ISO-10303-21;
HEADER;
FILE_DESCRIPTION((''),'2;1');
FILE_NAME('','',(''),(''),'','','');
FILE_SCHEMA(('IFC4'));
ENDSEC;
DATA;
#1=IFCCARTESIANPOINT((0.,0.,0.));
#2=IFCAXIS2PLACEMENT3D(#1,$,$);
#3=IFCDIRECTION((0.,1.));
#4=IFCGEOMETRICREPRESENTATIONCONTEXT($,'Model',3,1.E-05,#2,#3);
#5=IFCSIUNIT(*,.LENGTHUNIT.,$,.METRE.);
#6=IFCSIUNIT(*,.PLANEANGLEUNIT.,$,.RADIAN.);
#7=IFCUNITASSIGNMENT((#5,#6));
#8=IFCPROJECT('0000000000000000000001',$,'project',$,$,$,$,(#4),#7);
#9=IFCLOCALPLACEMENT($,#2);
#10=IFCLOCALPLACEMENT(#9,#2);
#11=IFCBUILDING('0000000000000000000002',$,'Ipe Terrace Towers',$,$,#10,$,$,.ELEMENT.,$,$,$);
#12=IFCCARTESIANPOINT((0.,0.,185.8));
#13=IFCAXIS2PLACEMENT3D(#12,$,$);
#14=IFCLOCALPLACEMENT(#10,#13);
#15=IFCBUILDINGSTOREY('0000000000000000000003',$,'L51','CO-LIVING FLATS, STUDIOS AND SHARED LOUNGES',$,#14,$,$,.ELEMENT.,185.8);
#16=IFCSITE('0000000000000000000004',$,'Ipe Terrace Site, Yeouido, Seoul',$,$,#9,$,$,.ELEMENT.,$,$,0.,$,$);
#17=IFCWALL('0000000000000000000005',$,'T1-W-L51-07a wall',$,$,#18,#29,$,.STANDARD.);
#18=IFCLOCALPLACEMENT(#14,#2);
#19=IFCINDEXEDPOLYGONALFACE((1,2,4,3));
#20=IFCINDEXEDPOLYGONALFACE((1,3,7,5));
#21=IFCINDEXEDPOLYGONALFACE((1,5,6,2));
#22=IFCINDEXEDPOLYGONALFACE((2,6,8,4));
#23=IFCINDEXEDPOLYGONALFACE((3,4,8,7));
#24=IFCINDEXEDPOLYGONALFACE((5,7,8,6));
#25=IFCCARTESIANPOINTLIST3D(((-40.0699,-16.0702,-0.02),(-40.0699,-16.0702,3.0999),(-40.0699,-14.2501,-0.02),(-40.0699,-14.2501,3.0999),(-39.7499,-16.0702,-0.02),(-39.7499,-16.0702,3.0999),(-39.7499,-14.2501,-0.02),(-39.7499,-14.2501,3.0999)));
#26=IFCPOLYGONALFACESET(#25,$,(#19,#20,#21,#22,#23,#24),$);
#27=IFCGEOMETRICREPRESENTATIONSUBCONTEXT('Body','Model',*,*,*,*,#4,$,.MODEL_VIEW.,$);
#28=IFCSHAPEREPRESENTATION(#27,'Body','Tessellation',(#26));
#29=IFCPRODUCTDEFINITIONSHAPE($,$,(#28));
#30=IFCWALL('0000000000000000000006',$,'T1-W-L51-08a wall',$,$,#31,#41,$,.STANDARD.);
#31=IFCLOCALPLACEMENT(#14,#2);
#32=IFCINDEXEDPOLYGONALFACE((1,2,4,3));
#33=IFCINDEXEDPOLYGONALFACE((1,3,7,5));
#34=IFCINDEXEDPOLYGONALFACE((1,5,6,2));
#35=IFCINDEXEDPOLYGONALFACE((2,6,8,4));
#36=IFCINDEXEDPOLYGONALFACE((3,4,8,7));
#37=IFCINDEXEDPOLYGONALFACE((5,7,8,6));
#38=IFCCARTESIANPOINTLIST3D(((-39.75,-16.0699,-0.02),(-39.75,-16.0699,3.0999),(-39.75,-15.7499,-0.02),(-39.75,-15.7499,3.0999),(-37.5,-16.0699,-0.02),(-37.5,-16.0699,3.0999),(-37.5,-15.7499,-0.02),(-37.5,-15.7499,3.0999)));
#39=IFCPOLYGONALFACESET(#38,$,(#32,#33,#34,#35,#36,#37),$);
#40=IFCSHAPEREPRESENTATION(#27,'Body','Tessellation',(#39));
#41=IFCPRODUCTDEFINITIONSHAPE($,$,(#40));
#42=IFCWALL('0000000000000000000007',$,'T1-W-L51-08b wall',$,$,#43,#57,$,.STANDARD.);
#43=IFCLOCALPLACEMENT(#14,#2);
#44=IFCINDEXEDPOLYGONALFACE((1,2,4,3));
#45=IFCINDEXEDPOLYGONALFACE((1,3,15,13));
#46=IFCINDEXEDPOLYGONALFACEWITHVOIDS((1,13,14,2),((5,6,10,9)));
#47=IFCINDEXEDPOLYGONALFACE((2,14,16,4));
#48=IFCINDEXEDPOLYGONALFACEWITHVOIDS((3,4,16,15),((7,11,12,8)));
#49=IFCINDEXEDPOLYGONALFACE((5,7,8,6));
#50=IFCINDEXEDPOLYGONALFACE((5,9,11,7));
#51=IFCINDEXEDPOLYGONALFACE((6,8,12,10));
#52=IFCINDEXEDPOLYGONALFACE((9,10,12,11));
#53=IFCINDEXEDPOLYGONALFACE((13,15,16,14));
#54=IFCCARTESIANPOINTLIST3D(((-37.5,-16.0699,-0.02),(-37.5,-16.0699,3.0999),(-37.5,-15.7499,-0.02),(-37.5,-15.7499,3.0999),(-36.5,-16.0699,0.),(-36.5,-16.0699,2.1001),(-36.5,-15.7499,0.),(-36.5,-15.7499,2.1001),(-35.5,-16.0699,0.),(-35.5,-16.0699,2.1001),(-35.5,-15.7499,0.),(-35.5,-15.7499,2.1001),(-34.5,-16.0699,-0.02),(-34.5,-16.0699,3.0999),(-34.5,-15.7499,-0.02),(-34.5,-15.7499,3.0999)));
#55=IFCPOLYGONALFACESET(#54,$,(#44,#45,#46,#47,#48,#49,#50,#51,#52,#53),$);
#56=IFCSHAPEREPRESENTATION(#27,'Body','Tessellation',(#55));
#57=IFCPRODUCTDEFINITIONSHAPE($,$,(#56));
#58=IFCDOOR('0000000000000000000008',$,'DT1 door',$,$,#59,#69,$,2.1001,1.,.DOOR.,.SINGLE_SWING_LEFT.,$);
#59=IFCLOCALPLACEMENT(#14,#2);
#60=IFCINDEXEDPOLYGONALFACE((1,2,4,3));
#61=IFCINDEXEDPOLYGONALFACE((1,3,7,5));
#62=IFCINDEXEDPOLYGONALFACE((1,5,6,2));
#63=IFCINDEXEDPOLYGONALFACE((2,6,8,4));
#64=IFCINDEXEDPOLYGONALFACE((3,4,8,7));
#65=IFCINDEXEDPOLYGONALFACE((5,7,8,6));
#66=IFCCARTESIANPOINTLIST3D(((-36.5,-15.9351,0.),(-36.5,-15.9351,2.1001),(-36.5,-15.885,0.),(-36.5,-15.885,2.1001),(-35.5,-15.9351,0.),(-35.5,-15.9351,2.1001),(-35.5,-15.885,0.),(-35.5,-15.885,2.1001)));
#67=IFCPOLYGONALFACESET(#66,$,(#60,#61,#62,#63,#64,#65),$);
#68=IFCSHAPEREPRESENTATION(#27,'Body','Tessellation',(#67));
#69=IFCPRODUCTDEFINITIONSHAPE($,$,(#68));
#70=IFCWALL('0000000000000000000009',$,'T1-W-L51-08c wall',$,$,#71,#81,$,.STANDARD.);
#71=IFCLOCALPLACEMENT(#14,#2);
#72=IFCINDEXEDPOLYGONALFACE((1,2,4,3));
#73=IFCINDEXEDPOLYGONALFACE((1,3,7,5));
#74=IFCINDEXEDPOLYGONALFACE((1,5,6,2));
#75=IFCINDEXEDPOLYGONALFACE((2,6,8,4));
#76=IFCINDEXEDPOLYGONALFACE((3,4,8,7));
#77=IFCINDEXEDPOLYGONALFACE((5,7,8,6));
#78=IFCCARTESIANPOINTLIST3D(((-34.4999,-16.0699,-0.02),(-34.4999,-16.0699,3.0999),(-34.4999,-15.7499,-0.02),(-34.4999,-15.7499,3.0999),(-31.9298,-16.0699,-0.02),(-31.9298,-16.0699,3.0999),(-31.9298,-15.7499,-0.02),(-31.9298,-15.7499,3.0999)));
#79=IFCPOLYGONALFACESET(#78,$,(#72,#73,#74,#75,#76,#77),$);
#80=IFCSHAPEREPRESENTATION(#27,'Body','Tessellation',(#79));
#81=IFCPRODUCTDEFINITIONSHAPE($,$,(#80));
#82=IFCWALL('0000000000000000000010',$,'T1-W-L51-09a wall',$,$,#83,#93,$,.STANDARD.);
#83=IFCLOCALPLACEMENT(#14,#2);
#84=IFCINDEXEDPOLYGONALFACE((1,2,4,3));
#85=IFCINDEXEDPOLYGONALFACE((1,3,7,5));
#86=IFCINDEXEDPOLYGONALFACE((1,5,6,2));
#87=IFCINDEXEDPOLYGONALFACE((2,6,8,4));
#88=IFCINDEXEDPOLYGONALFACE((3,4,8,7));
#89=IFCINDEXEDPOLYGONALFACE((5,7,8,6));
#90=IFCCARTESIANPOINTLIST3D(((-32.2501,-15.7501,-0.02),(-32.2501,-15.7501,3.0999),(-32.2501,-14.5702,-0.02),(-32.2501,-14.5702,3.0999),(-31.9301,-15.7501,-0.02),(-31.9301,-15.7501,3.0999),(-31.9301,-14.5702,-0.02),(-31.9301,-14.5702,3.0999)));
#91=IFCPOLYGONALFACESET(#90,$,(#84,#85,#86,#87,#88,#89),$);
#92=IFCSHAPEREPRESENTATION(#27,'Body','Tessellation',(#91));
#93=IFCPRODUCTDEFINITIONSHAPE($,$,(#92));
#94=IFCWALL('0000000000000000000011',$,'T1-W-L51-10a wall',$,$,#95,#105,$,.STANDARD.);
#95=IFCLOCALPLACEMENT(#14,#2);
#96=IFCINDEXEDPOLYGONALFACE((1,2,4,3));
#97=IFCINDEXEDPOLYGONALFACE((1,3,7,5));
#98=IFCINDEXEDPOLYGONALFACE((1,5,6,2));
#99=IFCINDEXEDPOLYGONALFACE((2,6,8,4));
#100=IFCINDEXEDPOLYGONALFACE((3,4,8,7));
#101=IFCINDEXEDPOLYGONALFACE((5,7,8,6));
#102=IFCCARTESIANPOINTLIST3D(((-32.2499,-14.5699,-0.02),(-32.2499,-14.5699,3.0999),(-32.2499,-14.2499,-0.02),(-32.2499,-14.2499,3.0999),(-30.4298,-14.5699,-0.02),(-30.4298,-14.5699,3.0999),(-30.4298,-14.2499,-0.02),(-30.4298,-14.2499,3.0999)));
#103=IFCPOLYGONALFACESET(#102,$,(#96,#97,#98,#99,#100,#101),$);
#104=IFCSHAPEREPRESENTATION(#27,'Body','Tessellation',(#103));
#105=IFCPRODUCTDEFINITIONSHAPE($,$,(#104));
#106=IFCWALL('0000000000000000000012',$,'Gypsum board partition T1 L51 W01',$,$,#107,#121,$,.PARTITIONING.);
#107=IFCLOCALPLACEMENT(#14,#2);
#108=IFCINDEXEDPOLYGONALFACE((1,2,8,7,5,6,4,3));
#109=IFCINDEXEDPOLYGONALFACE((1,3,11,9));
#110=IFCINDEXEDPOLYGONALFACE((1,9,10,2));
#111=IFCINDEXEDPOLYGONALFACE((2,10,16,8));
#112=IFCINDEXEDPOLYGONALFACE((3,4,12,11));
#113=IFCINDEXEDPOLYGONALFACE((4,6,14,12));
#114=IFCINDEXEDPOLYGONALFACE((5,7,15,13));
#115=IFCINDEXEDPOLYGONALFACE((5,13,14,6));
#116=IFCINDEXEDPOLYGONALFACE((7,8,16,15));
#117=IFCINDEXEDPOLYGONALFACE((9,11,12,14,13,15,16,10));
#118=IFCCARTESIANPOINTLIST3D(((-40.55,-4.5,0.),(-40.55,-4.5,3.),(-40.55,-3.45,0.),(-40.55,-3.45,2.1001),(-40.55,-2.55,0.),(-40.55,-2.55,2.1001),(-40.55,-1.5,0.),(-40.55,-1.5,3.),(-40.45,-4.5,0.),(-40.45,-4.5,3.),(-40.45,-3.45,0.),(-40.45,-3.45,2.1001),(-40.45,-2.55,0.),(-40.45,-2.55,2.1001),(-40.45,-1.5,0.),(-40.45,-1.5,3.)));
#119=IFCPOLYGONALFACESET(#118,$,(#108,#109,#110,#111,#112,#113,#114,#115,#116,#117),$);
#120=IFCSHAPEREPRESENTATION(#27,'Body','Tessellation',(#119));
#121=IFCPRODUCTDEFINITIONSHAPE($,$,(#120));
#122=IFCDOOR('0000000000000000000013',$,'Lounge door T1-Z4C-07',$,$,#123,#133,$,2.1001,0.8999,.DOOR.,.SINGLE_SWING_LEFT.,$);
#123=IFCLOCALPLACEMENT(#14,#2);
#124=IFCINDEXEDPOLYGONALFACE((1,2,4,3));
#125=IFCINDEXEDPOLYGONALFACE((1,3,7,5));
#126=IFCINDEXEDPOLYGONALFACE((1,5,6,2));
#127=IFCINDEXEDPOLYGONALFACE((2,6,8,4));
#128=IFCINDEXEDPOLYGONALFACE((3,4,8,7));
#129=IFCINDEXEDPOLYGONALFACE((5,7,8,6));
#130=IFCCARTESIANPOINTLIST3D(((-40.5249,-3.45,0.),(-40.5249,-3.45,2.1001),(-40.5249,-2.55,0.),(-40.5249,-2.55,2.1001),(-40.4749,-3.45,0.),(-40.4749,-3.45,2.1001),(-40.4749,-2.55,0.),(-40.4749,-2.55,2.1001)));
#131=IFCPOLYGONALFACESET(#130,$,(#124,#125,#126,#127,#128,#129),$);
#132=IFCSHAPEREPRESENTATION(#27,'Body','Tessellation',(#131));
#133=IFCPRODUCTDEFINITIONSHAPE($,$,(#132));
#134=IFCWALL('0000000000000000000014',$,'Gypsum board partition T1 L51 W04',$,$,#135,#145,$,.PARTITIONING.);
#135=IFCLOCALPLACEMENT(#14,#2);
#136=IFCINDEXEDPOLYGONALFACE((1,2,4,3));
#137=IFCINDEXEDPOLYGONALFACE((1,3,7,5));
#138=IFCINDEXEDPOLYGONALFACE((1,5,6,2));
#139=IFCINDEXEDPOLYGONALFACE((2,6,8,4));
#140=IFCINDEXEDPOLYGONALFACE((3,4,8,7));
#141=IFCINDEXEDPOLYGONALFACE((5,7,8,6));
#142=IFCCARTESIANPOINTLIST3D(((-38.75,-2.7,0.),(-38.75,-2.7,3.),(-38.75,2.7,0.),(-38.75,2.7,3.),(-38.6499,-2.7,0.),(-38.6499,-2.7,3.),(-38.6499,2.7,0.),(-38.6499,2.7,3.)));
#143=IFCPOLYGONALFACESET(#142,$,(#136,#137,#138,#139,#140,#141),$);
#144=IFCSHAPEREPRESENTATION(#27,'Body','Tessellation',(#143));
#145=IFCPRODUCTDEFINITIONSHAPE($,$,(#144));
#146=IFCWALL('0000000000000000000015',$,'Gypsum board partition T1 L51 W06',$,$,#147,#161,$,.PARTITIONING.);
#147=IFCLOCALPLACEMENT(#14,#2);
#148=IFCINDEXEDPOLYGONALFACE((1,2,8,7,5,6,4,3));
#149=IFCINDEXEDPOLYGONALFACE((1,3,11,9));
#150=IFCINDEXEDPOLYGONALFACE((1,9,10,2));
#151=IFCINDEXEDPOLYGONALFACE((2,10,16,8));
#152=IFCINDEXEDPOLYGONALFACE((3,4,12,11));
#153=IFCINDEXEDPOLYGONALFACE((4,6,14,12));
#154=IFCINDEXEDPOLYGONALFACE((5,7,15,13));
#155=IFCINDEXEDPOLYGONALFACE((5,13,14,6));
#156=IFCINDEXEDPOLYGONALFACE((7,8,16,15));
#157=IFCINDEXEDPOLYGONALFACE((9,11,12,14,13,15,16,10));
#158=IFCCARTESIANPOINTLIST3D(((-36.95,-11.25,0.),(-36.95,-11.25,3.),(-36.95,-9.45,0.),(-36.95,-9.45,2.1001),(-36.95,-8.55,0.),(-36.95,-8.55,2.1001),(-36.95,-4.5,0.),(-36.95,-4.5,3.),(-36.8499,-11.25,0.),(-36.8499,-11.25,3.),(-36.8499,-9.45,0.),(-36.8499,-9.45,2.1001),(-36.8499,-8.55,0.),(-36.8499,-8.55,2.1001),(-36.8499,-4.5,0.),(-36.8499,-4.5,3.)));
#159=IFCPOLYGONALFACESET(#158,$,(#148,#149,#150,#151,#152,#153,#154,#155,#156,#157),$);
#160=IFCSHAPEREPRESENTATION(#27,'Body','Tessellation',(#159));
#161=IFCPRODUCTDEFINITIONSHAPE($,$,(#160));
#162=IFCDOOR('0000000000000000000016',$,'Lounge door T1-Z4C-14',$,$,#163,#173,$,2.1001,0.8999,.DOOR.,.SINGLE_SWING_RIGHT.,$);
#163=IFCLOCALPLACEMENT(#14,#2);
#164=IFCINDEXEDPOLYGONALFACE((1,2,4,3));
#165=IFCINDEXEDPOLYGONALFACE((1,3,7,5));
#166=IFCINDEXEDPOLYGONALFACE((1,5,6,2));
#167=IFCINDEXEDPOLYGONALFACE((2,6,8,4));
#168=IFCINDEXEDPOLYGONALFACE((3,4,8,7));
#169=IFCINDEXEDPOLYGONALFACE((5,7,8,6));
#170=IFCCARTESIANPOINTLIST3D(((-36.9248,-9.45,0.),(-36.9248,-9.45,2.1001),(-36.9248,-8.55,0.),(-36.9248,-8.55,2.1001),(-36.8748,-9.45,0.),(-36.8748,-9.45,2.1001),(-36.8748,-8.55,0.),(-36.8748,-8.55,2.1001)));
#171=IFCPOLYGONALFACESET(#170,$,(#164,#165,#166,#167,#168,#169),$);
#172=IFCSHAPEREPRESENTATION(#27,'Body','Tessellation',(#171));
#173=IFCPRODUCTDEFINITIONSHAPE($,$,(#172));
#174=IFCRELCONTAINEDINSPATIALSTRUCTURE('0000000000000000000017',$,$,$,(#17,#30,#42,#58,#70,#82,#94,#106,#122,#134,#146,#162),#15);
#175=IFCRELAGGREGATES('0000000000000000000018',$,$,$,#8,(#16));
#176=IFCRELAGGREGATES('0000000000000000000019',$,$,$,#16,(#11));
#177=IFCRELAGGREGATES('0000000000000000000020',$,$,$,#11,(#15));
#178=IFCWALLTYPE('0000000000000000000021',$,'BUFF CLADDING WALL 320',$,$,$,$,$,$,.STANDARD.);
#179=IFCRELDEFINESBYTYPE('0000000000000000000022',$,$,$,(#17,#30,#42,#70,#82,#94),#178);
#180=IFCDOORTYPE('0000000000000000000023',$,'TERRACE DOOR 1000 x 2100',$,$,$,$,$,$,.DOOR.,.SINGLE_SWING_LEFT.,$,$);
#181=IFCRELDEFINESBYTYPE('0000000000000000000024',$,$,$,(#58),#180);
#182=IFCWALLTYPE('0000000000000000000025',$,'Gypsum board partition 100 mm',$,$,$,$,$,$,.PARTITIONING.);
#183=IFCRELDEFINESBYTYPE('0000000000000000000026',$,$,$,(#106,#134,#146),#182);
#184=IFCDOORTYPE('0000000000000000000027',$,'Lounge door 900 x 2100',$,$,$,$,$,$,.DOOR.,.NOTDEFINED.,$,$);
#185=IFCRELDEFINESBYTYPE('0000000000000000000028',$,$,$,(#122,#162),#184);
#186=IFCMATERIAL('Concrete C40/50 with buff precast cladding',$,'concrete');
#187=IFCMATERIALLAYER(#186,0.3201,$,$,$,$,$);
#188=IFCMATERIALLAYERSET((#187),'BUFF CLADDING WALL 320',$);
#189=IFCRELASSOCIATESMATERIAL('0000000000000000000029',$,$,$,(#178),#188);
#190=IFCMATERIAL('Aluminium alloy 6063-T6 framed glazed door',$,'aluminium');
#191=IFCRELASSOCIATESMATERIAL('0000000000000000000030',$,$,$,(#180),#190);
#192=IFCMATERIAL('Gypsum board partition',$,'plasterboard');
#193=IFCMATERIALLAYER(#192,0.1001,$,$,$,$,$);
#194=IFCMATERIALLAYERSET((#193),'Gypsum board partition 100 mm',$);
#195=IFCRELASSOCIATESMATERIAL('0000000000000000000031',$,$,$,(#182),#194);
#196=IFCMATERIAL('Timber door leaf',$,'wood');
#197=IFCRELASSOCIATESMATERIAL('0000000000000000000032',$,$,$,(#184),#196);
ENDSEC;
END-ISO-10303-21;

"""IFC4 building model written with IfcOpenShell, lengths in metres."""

from ifc_helpers import new_model, si_unit, direction, frame, frame_2d, origin, place, context, subcontext, project, spatial, rectangle, extrude, material, layer, layer_set, type_object, element, fill, save


model = new_model("IFC4")

# Units and contexts
model_context = context("Model", 3, precision=1e-05, world=origin(), true_north=direction((0.0, 1.0)))
body_context = subcontext(model_context, "Body", "Model", "MODEL_VIEW")
ifc_project = project(units=[si_unit("LENGTHUNIT", "METRE"), si_unit("PLANEANGLEUNIT", "RADIAN")], contexts=[model_context])

# Site, building, storey
site_placement = place(None, origin())
site = spatial("IfcSite", under=ifc_project, at=site_placement, Name="Ipe Terrace Site, Yeouido, Seoul", CompositionType="ELEMENT", RefElevation=0.0)
building_placement = place(site_placement, origin())
building = spatial("IfcBuilding", under=site, at=building_placement, Name="Ipe Terrace Towers", CompositionType="ELEMENT")
storey_placement = place(building_placement, frame((0.0, 0.0, 185.8)))
storey = spatial("IfcBuildingStorey", under=building, at=storey_placement, Name="L51", Description="CO-LIVING FLATS, STUDIOS AND SHARED LOUNGES", CompositionType="ELEMENT", Elevation=185.8)

# Walls
ifc_material_1 = material(Name="Concrete C40/50 with buff precast cladding", Category="concrete")
ifc_layer_1 = layer(ifc_material_1, 0.3201)
ifc_layer_set_1 = layer_set([ifc_layer_1], Name="BUFF CLADDING WALL 320")
wall_type_1 = type_object("IfcWallType", Name="BUFF CLADDING WALL 320", PredefinedType="STANDARD", material=ifc_layer_set_1)
wall_1_placement = place(storey_placement, frame((-39.9099, -14.25, -0.02), z_axis=(0.0, 0.0, 1.0), x_axis=(0.0, -1.0, 0.0)))
element("IfcWall", 1, at=wall_1_placement, inside=storey, type_object=wall_type_1, Name="T1-W-L51-07a wall", PredefinedType="STANDARD", context=body_context, shape_type="SweptSolid", body=[
    extrude(rectangle(XDim=1.8201, YDim=0.3201, at=frame_2d((0.9102, 0.0))), origin(), (0.0, 0.0, 1.0), 3.1199),
])
wall_2_placement = place(storey_placement, frame((-39.75, -15.9099, -0.02), z_axis=(0.0, 0.0, 1.0), x_axis=(1.0, 0.0, 0.0)))
element("IfcWall", 2, at=wall_2_placement, inside=storey, type_object=wall_type_1, Name="T1-W-L51-08a wall", PredefinedType="STANDARD", context=body_context, shape_type="SweptSolid", body=[
    extrude(rectangle(XDim=2.25, YDim=0.3201, at=frame_2d((1.125, 0.0))), origin(), (0.0, 0.0, 1.0), 3.1199),
])

# Wall, opening, door
wall_3_placement = place(storey_placement, frame((-37.5, -15.9099, -0.02), z_axis=(0.0, 0.0, 1.0), x_axis=(1.0, 0.0, 0.0)))
wall_3 = element("IfcWall", 3, at=wall_3_placement, inside=storey, type_object=wall_type_1, Name="T1-W-L51-08b wall", PredefinedType="STANDARD", context=body_context, shape_type="SweptSolid", body=[
    extrude(rectangle(XDim=3.0, YDim=0.3201, at=frame_2d((1.5, 0.0))), origin(), (0.0, 0.0, 1.0), 3.1199),
])
opening_1_placement = place(wall_3_placement, frame((1.0, 0.0, 0.02)))
opening_1 = element("IfcOpeningElement", 4, at=opening_1_placement, cuts=wall_3, PredefinedType="OPENING", context=body_context, shape_type="SweptSolid", body=[
    extrude(rectangle(XDim=1.0, YDim=2.1001, at=frame_2d((0.5, 1.05))), frame((0.0, 0.1699, 0.0), z_axis=(0.0, -1.0, 0.0), x_axis=(1.0, 0.0, 0.0)), (0.0, 0.0, 1.0), 0.3401),
])
ifc_material_2 = material(Name="Aluminium alloy 6063-T6 framed glazed door", Category="aluminium")
door_type_1 = type_object("IfcDoorType", Name="TERRACE DOOR 1000 x 2100", OperationType="SINGLE_SWING_LEFT", PredefinedType="DOOR", material=ifc_material_2)
door_1_placement = place(opening_1_placement, origin())
door_1 = element("IfcDoor", 5, at=door_1_placement, inside=storey, type_object=door_type_1, Name="DT1 door", OperationType="SINGLE_SWING_LEFT", OverallHeight=2.1001, OverallWidth=1.0, PredefinedType="DOOR", context=body_context, shape_type="SweptSolid", body=[
    extrude(rectangle(XDim=1.0, YDim=2.1001, at=frame_2d((0.5, 1.05))), frame((0.0, 0.0249, 0.0), z_axis=(0.0, -1.0, 0.0), x_axis=(1.0, 0.0, 0.0)), (0.0, 0.0, 1.0), 0.05),
])
fill(opening_1, door_1)

# Walls
wall_4_placement = place(storey_placement, frame((-34.5, -15.9099, -0.02), z_axis=(0.0, 0.0, 1.0), x_axis=(1.0, 0.0, 0.0)))
element("IfcWall", 6, at=wall_4_placement, inside=storey, type_object=wall_type_1, Name="T1-W-L51-08c wall", PredefinedType="STANDARD", context=body_context, shape_type="SweptSolid", body=[
    extrude(rectangle(XDim=2.5701, YDim=0.3201, at=frame_2d((1.2852, 0.0))), origin(), (0.0, 0.0, 1.0), 3.1199),
])
wall_5_placement = place(storey_placement, frame((-32.0901, -15.75, -0.02), z_axis=(0.0, 0.0, 1.0), x_axis=(0.0, 1.0, 0.0)))
element("IfcWall", 7, at=wall_5_placement, inside=storey, type_object=wall_type_1, Name="T1-W-L51-09a wall", PredefinedType="STANDARD", context=body_context, shape_type="SweptSolid", body=[
    extrude(rectangle(XDim=1.1799, YDim=0.3201, at=frame_2d((0.5898, 0.0))), origin(), (0.0, 0.0, 1.0), 3.1199),
])
wall_6_placement = place(storey_placement, frame((-32.25, -14.4099, -0.02), z_axis=(0.0, 0.0, 1.0), x_axis=(1.0, 0.0, 0.0)))
element("IfcWall", 8, at=wall_6_placement, inside=storey, type_object=wall_type_1, Name="T1-W-L51-10a wall", PredefinedType="STANDARD", context=body_context, shape_type="SweptSolid", body=[
    extrude(rectangle(XDim=1.8201, YDim=0.3201, at=frame_2d((0.9102, 0.0))), origin(), (0.0, 0.0, 1.0), 3.1199),
])

# Wall, opening, door
ifc_material_3 = material(Name="Gypsum board partition", Category="plasterboard")
ifc_layer_2 = layer(ifc_material_3, 0.1001)
ifc_layer_set_2 = layer_set([ifc_layer_2], Name="Gypsum board partition 100 mm")
wall_type_2 = type_object("IfcWallType", Name="Gypsum board partition 100 mm", PredefinedType="PARTITIONING", material=ifc_layer_set_2)
wall_7_placement = place(storey_placement, frame((-40.5, -4.5, 0.0), z_axis=(0.0, 0.0, 1.0), x_axis=(0.0, 1.0, 0.0)))
wall_7 = element("IfcWall", 9, at=wall_7_placement, inside=storey, type_object=wall_type_2, Name="Gypsum board partition T1 L51 W01", PredefinedType="PARTITIONING", context=body_context, shape_type="SweptSolid", body=[
    extrude(rectangle(XDim=3.0, YDim=0.1001, at=frame_2d((1.5, 0.0))), origin(), (0.0, 0.0, 1.0), 3.0),
])
opening_2_placement = place(wall_7_placement, frame((1.05, 0.0, 0.0)))
opening_2 = element("IfcOpeningElement", 10, at=opening_2_placement, cuts=wall_7, PredefinedType="OPENING", context=body_context, shape_type="SweptSolid", body=[
    extrude(rectangle(XDim=0.8999, YDim=2.1001, at=frame_2d((0.45, 1.05))), frame((0.0, 0.0601, 0.0), z_axis=(0.0, -1.0, 0.0), x_axis=(1.0, 0.0, 0.0)), (0.0, 0.0, 1.0), 0.1201),
])
ifc_material_4 = material(Name="Timber door leaf", Category="wood")
door_type_2 = type_object("IfcDoorType", Name="Lounge door 900 x 2100", OperationType="NOTDEFINED", PredefinedType="DOOR", material=ifc_material_4)
door_2_placement = place(opening_2_placement, origin())
door_2 = element("IfcDoor", 11, at=door_2_placement, inside=storey, type_object=door_type_2, Name="Lounge door T1-Z4C-07", OperationType="SINGLE_SWING_LEFT", OverallHeight=2.1001, OverallWidth=0.8999, PredefinedType="DOOR", context=body_context, shape_type="SweptSolid", body=[
    extrude(rectangle(XDim=0.8999, YDim=2.1001, at=frame_2d((0.45, 1.05))), frame((0.0, 0.0249, 0.0), z_axis=(0.0, -1.0, 0.0), x_axis=(1.0, 0.0, 0.0)), (0.0, 0.0, 1.0), 0.05),
])
fill(opening_2, door_2)

# Wall
wall_8_placement = place(storey_placement, frame((-38.7, -2.7, 0.0), z_axis=(0.0, 0.0, 1.0), x_axis=(0.0, 1.0, 0.0)))
element("IfcWall", 12, at=wall_8_placement, inside=storey, type_object=wall_type_2, Name="Gypsum board partition T1 L51 W04", PredefinedType="PARTITIONING", context=body_context, shape_type="SweptSolid", body=[
    extrude(rectangle(XDim=5.3999, YDim=0.1001, at=frame_2d((2.7, 0.0))), origin(), (0.0, 0.0, 1.0), 3.0),
])

# Wall, opening, door
wall_9_placement = place(storey_placement, frame((-36.8999, -11.25, 0.0), z_axis=(0.0, 0.0, 1.0), x_axis=(0.0, 1.0, 0.0)))
wall_9 = element("IfcWall", 13, at=wall_9_placement, inside=storey, type_object=wall_type_2, Name="Gypsum board partition T1 L51 W06", PredefinedType="PARTITIONING", context=body_context, shape_type="SweptSolid", body=[
    extrude(rectangle(XDim=6.75, YDim=0.1001, at=frame_2d((3.375, 0.0))), origin(), (0.0, 0.0, 1.0), 3.0),
])
opening_3_placement = place(wall_9_placement, frame((1.8, 0.0, 0.0)))
opening_3 = element("IfcOpeningElement", 14, at=opening_3_placement, cuts=wall_9, PredefinedType="OPENING", context=body_context, shape_type="SweptSolid", body=[
    extrude(rectangle(XDim=0.8999, YDim=2.1001, at=frame_2d((0.45, 1.05))), frame((0.0, 0.0601, 0.0), z_axis=(0.0, -1.0, 0.0), x_axis=(1.0, 0.0, 0.0)), (0.0, 0.0, 1.0), 0.1201),
])
door_3_placement = place(opening_3_placement, origin())
door_3 = element("IfcDoor", 15, at=door_3_placement, inside=storey, type_object=door_type_2, Name="Lounge door T1-Z4C-14", OperationType="SINGLE_SWING_RIGHT", OverallHeight=2.1001, OverallWidth=0.8999, PredefinedType="DOOR", context=body_context, shape_type="SweptSolid", body=[
    extrude(rectangle(XDim=0.8999, YDim=2.1001, at=frame_2d((0.45, 1.05))), frame((0.0, 0.0249, 0.0), z_axis=(0.0, -1.0, 0.0), x_axis=(1.0, 0.0, 0.0)), (0.0, 0.0, 1.0), 0.05),
])
fill(opening_3, door_3)

save(model, "model.ifc")
